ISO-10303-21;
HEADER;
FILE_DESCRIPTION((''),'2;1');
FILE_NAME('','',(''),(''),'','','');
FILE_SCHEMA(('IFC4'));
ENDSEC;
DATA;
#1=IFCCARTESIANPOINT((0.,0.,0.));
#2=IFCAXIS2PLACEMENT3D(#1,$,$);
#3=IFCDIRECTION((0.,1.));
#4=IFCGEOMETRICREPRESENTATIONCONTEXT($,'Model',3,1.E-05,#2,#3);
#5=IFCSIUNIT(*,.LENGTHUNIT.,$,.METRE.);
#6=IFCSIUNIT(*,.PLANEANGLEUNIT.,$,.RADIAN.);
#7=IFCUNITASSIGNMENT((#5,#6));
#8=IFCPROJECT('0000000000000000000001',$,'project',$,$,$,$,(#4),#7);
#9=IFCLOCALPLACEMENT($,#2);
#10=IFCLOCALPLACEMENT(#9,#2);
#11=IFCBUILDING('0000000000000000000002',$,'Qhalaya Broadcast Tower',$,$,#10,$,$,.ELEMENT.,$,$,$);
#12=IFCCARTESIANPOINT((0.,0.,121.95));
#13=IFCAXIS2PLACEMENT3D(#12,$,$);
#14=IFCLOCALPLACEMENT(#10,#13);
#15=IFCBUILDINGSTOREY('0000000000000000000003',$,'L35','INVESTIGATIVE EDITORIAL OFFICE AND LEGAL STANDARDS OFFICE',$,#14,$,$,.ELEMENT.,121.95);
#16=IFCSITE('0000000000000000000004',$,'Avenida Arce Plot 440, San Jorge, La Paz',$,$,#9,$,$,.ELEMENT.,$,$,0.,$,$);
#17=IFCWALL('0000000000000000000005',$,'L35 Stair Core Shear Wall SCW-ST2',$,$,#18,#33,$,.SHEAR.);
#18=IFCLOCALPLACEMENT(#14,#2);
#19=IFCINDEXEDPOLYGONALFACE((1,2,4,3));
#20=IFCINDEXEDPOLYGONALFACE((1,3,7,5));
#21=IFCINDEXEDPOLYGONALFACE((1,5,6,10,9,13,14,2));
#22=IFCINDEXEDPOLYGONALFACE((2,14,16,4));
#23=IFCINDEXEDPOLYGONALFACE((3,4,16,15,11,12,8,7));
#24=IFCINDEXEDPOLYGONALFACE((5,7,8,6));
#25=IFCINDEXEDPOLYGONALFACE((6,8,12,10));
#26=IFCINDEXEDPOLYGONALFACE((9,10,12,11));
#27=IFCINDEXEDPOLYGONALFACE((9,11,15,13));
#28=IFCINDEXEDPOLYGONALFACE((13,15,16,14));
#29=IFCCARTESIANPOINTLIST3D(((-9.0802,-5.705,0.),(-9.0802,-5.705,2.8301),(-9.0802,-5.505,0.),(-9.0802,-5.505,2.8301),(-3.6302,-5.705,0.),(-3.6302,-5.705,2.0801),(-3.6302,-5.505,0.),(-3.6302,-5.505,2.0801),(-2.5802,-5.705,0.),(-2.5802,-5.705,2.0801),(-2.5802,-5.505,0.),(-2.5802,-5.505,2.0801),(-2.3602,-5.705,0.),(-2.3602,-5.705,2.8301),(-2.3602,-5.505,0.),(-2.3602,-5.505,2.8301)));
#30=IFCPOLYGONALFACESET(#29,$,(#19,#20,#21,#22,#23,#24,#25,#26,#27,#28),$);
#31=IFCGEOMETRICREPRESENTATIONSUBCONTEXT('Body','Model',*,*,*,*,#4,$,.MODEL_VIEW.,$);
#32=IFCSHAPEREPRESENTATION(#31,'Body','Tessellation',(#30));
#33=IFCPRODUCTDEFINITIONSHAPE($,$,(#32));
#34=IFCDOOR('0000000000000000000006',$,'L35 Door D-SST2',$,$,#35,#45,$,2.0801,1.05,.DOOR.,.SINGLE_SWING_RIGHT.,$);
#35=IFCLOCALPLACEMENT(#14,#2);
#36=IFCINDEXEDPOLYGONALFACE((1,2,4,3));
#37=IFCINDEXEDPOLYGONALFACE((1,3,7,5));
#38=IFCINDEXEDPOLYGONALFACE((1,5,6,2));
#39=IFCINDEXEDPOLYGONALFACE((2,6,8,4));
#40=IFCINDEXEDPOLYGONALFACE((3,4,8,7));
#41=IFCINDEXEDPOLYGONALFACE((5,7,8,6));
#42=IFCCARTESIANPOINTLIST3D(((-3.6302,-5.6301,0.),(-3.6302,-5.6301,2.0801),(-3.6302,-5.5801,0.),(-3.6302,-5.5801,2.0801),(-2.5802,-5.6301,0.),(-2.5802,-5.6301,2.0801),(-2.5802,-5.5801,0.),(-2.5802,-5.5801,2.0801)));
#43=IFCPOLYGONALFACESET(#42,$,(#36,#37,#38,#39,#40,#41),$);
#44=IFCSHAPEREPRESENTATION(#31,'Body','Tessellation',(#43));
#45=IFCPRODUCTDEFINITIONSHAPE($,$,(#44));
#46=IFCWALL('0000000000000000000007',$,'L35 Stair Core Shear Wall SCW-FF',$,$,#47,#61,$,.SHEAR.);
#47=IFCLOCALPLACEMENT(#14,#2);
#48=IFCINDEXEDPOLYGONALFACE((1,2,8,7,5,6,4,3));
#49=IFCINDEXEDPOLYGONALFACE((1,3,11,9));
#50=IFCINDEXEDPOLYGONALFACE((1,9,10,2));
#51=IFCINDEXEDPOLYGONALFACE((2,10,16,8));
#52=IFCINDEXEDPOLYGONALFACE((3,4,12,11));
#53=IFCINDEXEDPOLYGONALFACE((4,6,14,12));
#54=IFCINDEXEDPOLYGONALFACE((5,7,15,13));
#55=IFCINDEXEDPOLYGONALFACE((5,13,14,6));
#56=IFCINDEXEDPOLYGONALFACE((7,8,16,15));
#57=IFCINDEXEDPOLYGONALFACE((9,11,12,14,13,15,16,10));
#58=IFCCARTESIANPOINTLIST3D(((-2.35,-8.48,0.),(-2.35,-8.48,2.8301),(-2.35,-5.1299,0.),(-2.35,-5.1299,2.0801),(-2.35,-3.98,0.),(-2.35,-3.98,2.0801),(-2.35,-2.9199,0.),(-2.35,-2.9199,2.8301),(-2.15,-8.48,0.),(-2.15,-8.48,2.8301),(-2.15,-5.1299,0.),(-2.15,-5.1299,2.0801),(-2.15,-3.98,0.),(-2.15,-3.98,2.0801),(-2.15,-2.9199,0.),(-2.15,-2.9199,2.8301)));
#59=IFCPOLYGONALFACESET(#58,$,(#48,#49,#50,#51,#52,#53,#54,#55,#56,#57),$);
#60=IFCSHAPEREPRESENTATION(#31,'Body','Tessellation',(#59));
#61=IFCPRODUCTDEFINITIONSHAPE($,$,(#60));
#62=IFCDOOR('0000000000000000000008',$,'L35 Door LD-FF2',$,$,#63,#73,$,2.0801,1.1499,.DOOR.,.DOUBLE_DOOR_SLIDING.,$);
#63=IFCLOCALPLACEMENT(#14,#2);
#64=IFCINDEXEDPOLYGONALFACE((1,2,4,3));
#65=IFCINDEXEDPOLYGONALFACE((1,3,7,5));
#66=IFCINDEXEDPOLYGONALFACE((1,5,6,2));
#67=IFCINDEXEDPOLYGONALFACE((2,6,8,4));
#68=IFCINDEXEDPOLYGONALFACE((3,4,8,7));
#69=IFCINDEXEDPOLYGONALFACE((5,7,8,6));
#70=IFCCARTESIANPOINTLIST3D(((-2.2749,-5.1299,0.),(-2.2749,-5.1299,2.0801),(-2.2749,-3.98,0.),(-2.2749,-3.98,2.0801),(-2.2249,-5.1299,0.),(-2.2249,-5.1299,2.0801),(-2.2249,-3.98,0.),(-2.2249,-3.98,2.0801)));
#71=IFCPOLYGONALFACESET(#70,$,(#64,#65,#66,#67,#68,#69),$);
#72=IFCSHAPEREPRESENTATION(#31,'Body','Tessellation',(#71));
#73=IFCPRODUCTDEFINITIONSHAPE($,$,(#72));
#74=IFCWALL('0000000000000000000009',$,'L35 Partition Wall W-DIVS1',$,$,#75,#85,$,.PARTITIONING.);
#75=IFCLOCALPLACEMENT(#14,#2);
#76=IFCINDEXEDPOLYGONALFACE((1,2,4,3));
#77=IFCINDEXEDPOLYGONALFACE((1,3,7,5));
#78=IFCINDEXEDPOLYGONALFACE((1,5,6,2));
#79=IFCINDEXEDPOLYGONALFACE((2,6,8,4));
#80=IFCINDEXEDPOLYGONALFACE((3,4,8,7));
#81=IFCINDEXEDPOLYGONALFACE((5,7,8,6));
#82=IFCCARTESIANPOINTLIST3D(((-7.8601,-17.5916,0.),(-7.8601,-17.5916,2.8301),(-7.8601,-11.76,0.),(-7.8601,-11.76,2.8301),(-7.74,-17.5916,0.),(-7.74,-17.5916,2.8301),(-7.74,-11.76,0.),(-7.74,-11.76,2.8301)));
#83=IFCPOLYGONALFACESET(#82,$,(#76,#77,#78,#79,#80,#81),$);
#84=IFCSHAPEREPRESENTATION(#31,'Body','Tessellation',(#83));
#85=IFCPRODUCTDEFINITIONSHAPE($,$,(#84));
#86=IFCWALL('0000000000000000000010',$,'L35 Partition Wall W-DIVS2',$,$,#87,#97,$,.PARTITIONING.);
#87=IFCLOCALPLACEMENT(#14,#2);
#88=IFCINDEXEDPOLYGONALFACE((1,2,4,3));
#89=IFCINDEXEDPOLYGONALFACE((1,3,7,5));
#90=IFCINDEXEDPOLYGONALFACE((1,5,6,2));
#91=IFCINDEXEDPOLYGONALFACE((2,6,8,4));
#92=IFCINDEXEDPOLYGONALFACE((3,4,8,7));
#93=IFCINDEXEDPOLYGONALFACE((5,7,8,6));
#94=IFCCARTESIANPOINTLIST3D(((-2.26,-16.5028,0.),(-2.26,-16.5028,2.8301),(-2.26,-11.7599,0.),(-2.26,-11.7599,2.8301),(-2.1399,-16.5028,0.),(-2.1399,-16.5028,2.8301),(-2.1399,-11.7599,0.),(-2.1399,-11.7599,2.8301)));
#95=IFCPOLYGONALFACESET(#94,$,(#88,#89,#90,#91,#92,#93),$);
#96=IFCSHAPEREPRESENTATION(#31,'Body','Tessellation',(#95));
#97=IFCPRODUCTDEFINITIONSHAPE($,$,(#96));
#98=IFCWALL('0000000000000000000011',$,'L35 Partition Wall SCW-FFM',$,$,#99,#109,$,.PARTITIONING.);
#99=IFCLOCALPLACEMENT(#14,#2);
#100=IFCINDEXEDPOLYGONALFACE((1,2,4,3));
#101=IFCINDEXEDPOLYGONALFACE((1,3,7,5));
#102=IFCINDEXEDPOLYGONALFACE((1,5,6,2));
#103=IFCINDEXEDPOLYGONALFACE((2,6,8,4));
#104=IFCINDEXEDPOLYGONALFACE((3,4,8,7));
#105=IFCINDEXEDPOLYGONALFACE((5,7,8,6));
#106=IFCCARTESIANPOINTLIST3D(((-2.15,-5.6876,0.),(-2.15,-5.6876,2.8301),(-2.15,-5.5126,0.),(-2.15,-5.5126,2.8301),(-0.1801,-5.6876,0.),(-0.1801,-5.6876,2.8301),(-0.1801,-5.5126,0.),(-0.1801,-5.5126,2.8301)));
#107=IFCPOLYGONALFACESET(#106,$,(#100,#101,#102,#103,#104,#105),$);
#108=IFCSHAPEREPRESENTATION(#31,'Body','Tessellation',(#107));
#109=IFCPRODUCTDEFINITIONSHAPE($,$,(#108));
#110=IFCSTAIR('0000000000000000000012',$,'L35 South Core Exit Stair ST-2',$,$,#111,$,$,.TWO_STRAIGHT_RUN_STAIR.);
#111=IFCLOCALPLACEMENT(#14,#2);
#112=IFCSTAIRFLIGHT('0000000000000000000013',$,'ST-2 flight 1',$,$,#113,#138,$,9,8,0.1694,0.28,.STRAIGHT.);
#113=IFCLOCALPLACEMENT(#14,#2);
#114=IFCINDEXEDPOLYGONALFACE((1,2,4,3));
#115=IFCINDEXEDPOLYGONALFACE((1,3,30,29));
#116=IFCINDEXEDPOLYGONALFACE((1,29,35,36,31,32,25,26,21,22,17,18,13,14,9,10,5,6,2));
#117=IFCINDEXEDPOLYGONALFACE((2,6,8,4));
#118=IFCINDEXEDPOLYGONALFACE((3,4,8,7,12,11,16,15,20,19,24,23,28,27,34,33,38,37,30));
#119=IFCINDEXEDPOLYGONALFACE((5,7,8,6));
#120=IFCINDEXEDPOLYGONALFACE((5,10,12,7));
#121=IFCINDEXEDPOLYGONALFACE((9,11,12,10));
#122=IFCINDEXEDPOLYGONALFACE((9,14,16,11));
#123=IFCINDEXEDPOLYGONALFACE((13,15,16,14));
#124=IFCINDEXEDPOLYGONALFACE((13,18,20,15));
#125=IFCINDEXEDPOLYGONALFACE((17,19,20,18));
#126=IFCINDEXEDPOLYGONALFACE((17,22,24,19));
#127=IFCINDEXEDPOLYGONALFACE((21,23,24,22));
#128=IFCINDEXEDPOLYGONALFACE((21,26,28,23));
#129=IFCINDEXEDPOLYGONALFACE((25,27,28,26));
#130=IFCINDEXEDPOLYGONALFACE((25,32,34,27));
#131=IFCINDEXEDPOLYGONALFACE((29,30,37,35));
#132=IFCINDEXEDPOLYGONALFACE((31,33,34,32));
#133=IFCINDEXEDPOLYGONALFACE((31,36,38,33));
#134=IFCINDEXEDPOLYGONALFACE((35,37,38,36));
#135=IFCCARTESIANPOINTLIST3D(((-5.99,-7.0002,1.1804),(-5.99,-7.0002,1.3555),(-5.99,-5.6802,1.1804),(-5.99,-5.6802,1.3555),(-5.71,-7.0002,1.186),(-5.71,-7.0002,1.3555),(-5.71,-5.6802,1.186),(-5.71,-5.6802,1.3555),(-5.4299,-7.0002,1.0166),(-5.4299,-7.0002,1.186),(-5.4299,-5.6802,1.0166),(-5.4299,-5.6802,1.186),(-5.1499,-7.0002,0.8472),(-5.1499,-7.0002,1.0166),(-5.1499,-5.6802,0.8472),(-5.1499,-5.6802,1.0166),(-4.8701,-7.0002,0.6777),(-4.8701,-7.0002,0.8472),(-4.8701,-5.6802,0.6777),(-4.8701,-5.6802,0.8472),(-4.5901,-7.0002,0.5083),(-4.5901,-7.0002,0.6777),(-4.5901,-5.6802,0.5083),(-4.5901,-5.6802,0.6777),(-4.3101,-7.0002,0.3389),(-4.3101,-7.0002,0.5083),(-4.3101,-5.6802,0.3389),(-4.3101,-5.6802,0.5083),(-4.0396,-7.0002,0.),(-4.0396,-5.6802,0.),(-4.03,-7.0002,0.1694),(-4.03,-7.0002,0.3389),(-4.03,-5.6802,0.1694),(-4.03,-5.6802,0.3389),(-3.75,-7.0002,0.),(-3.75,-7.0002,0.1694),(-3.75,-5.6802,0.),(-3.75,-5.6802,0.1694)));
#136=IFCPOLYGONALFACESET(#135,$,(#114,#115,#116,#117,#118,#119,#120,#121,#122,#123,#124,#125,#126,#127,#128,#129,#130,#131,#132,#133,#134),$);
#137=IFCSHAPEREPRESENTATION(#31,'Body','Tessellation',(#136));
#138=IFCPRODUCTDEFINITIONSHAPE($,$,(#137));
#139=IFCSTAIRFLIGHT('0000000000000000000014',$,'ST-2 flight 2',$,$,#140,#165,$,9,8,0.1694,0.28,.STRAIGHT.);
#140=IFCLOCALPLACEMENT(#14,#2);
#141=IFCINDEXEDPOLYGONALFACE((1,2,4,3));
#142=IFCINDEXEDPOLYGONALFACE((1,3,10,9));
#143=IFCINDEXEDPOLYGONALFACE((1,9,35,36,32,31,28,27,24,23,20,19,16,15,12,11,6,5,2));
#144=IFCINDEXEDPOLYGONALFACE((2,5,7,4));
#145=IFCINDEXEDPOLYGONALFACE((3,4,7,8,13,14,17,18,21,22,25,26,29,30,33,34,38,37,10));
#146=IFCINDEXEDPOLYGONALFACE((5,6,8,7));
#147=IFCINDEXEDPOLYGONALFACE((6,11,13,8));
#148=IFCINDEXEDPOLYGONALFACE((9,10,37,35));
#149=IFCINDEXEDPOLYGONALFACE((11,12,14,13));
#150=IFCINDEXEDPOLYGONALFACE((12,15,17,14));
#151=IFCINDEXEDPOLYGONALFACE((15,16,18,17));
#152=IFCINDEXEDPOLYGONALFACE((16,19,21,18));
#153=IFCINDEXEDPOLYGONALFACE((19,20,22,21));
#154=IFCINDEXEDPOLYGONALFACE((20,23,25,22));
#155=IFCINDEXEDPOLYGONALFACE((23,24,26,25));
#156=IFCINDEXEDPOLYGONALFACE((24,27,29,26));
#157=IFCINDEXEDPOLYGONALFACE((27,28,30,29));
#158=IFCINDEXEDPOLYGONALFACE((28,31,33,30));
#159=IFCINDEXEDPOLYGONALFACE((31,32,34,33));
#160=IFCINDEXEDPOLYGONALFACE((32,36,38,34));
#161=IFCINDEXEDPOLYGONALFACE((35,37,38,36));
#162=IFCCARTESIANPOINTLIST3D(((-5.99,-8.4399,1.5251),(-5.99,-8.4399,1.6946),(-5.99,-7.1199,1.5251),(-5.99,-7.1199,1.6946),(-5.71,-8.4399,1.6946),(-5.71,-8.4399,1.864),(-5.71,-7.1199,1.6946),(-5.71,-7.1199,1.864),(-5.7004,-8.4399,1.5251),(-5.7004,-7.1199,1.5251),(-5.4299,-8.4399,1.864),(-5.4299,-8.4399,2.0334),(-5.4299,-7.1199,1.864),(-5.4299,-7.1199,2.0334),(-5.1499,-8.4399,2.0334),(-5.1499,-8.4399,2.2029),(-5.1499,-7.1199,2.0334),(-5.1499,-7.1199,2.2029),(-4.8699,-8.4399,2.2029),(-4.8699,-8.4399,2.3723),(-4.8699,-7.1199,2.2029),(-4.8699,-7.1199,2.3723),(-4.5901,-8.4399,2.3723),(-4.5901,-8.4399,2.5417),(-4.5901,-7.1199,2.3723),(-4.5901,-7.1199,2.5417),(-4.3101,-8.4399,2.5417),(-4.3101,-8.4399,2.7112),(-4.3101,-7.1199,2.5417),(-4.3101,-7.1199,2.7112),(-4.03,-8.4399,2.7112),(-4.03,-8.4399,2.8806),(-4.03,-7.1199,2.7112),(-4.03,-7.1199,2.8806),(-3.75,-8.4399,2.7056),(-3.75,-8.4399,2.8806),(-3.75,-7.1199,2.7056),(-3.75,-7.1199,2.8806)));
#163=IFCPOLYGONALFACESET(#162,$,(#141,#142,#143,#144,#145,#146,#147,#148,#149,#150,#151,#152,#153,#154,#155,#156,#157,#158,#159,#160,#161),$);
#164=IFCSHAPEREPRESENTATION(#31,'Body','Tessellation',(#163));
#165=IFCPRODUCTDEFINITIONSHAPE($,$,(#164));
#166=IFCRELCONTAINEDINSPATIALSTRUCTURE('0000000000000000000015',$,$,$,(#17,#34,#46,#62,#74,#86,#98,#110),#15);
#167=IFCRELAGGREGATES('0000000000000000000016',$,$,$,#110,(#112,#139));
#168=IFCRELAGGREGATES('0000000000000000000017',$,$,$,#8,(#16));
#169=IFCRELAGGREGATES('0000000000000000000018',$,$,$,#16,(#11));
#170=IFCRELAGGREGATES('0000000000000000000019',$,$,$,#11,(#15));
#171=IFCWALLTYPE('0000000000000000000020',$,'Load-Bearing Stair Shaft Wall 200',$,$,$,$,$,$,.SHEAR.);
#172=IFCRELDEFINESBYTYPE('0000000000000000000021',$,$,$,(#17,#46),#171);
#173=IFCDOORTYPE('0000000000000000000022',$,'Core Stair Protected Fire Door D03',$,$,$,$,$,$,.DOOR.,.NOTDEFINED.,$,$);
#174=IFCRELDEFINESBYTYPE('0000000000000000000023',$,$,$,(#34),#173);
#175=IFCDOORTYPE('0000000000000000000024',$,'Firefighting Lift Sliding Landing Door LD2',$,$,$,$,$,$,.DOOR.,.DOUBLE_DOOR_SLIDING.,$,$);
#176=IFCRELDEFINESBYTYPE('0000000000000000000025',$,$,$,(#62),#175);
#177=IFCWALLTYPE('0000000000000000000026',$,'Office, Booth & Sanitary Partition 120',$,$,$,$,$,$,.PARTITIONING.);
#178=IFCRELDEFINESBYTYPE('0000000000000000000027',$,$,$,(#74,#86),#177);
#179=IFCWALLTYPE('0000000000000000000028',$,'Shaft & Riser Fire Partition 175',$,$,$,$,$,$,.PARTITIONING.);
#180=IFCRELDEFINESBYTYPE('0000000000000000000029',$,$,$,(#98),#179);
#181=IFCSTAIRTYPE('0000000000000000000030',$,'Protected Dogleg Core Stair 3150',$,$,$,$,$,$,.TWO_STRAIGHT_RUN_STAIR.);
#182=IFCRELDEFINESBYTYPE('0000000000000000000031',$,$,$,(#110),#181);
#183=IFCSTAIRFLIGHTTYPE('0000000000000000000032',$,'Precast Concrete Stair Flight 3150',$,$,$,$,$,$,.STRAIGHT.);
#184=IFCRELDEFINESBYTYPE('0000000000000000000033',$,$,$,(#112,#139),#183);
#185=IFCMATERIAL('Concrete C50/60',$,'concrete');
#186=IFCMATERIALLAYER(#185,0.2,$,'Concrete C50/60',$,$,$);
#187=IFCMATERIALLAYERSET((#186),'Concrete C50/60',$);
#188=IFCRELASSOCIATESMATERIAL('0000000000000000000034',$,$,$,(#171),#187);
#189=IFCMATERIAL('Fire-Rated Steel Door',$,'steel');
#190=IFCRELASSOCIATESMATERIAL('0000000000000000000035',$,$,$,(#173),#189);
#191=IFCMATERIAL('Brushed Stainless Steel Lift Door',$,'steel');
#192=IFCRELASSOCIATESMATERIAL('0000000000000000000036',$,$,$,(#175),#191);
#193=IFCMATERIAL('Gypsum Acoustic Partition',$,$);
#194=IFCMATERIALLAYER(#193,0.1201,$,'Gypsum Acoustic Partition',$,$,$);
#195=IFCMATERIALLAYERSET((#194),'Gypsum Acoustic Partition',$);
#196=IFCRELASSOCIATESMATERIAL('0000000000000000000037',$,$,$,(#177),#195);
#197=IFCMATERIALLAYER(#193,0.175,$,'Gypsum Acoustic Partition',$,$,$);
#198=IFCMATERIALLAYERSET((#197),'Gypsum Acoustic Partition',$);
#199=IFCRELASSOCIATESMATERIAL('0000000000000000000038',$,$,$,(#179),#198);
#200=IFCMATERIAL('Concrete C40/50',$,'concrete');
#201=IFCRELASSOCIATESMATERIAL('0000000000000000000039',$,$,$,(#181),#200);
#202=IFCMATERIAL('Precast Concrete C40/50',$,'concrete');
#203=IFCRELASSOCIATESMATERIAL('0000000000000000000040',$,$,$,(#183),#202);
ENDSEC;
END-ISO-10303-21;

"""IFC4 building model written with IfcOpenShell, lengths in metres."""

from ifc_helpers import new_model, si_unit, direction, frame, frame_2d, origin, place, context, subcontext, project, spatial, polyline, rectangle, outline, extrude, material, layer, layer_set, type_object, element, fill, aggregate, save


model = new_model("IFC4")

# Units and contexts
model_context = context("Model", 3, precision=1e-05, world=origin(), true_north=direction((0.0, 1.0)))
body_context = subcontext(model_context, "Body", "Model", "MODEL_VIEW")
ifc_project = project(units=[si_unit("LENGTHUNIT", "METRE"), si_unit("PLANEANGLEUNIT", "RADIAN")], contexts=[model_context])

# Site, building, storey
site_placement = place(None, origin())
site = spatial("IfcSite", under=ifc_project, at=site_placement, Name="Avenida Arce Plot 440, San Jorge, La Paz", CompositionType="ELEMENT", RefElevation=0.0)
building_placement = place(site_placement, origin())
building = spatial("IfcBuilding", under=site, at=building_placement, Name="Qhalaya Broadcast Tower", CompositionType="ELEMENT")
storey_placement = place(building_placement, frame((0.0, 0.0, 121.95)))
storey = spatial("IfcBuildingStorey", under=building, at=storey_placement, Name="L35", Description="INVESTIGATIVE EDITORIAL OFFICE AND LEGAL STANDARDS OFFICE", CompositionType="ELEMENT", Elevation=121.95)

# Shared definitions
ifc_material_1 = material(Name="Concrete C50/60", Category="concrete")

# Shared definitions
ifc_material_2 = material(Name="Gypsum Acoustic Partition")

# Shared definitions
ifc_material_3 = material(Name="Precast Concrete C40/50", Category="concrete")

# Walls, openings, doors
ifc_layer_1 = layer(ifc_material_1, 0.2, Name="Concrete C50/60")
ifc_layer_set_1 = layer_set([ifc_layer_1], Name="Concrete C50/60")
wall_type_1 = type_object("IfcWallType", Name="Load-Bearing Stair Shaft Wall 200", PredefinedType="SHEAR", material=ifc_layer_set_1)
wall_1_placement = place(storey_placement, frame((-9.0801, -5.605, 0.0), z_axis=(0.0, 0.0, 1.0), x_axis=(1.0, 0.0, 0.0)))
wall_1 = element("IfcWall", 1, at=wall_1_placement, inside=storey, type_object=wall_type_1, Name="L35 Stair Core Shear Wall SCW-ST2", PredefinedType="SHEAR", context=body_context, shape_type="SweptSolid", body=[
    extrude(rectangle(XDim=6.72, YDim=0.2, at=frame_2d((3.3599, 0.0))), origin(), (0.0, 0.0, 1.0), 2.8301),
])
opening_1_placement = place(wall_1_placement, frame((5.45, 0.0, 0.0)))
opening_1 = element("IfcOpeningElement", 2, at=opening_1_placement, cuts=wall_1, PredefinedType="OPENING", context=body_context, shape_type="SweptSolid", body=[
    extrude(rectangle(XDim=1.05, YDim=2.0801, at=frame_2d((0.5249, 1.04))), frame((0.0, 0.1121, 0.0), z_axis=(0.0, -1.0, 0.0), x_axis=(1.0, 0.0, 0.0)), (0.0, 0.0, 1.0), 0.2239),
])
ifc_material_4 = material(Name="Fire-Rated Steel Door", Category="steel")
door_type_1 = type_object("IfcDoorType", Name="Core Stair Protected Fire Door D03", OperationType="NOTDEFINED", PredefinedType="DOOR", material=ifc_material_4)
door_1_placement = place(opening_1_placement, origin())
door_1 = element("IfcDoor", 3, at=door_1_placement, inside=storey, type_object=door_type_1, Name="L35 Door D-SST2", OperationType="SINGLE_SWING_RIGHT", OverallHeight=2.0801, OverallWidth=1.05, PredefinedType="DOOR", context=body_context, shape_type="SweptSolid", body=[
    extrude(rectangle(XDim=1.05, YDim=2.0801, at=frame_2d((0.5249, 1.04))), frame((0.0, 0.0249, 0.0), z_axis=(0.0, -1.0, 0.0), x_axis=(1.0, 0.0, 0.0)), (0.0, 0.0, 1.0), 0.05),
])
fill(opening_1, door_1)
wall_2_placement = place(storey_placement, frame((-2.25, -8.48, 0.0), z_axis=(0.0, 0.0, 1.0), x_axis=(0.0, 1.0, 0.0)))
wall_2 = element("IfcWall", 4, at=wall_2_placement, inside=storey, type_object=wall_type_1, Name="L35 Stair Core Shear Wall SCW-FF", PredefinedType="SHEAR", context=body_context, shape_type="SweptSolid", body=[
    extrude(rectangle(XDim=5.5601, YDim=0.2, at=frame_2d((2.78, 0.0))), origin(), (0.0, 0.0, 1.0), 2.8301),
])
opening_2_placement = place(wall_2_placement, frame((3.3501, 0.0, 0.0)))
opening_2 = element("IfcOpeningElement", 5, at=opening_2_placement, cuts=wall_2, PredefinedType="OPENING", context=body_context, shape_type="SweptSolid", body=[
    extrude(rectangle(XDim=1.1499, YDim=2.0801, at=frame_2d((0.575, 1.04))), frame((0.0, 0.1121, 0.0), z_axis=(0.0, -1.0, 0.0), x_axis=(1.0, 0.0, 0.0)), (0.0, 0.0, 1.0), 0.2239),
])
ifc_material_5 = material(Name="Brushed Stainless Steel Lift Door", Category="steel")
door_type_2 = type_object("IfcDoorType", Name="Firefighting Lift Sliding Landing Door LD2", OperationType="DOUBLE_DOOR_SLIDING", PredefinedType="DOOR", material=ifc_material_5)
door_2_placement = place(opening_2_placement, origin())
door_2 = element("IfcDoor", 6, at=door_2_placement, inside=storey, type_object=door_type_2, Name="L35 Door LD-FF2", OperationType="DOUBLE_DOOR_SLIDING", OverallHeight=2.0801, OverallWidth=1.1499, PredefinedType="DOOR", context=body_context, shape_type="SweptSolid", body=[
    extrude(rectangle(XDim=1.1499, YDim=2.0801, at=frame_2d((0.575, 1.04))), frame((0.0, 0.0249, 0.0), z_axis=(0.0, -1.0, 0.0), x_axis=(1.0, 0.0, 0.0)), (0.0, 0.0, 1.0), 0.05),
])
fill(opening_2, door_2)

# Walls
ifc_layer_2 = layer(ifc_material_2, 0.1201, Name="Gypsum Acoustic Partition")
ifc_layer_set_2 = layer_set([ifc_layer_2], Name="Gypsum Acoustic Partition")
wall_type_2 = type_object("IfcWallType", Name="Office, Booth & Sanitary Partition 120", PredefinedType="PARTITIONING", material=ifc_layer_set_2)
wall_3_placement = place(storey_placement, frame((-7.8, -17.5916, 0.0), z_axis=(0.0, 0.0, 1.0), x_axis=(0.0, 1.0, 0.0)))
element("IfcWall", 7, at=wall_3_placement, inside=storey, type_object=wall_type_2, Name="L35 Partition Wall W-DIVS1", PredefinedType="PARTITIONING", context=body_context, shape_type="SweptSolid", body=[
    extrude(rectangle(XDim=5.8315, YDim=0.1201, at=frame_2d((2.9158, 0.0))), origin(), (0.0, 0.0, 1.0), 2.8301),
])
wall_4_placement = place(storey_placement, frame((-2.2, -16.5029, 0.0), z_axis=(0.0, 0.0, 1.0), x_axis=(0.0, 1.0, 0.0)))
element("IfcWall", 8, at=wall_4_placement, inside=storey, type_object=wall_type_2, Name="L35 Partition Wall W-DIVS2", PredefinedType="PARTITIONING", context=body_context, shape_type="SweptSolid", body=[
    extrude(rectangle(XDim=4.7429, YDim=0.1201, at=frame_2d((2.3716, 0.0))), origin(), (0.0, 0.0, 1.0), 2.8301),
])
ifc_layer_3 = layer(ifc_material_2, 0.175, Name="Gypsum Acoustic Partition")
ifc_layer_set_3 = layer_set([ifc_layer_3], Name="Gypsum Acoustic Partition")
wall_type_3 = type_object("IfcWallType", Name="Shaft & Riser Fire Partition 175", PredefinedType="PARTITIONING", material=ifc_layer_set_3)
wall_5_placement = place(storey_placement, frame((-2.1499, -5.6001, 0.0), z_axis=(0.0, 0.0, 1.0), x_axis=(1.0, 0.0, 0.0)))
element("IfcWall", 9, at=wall_5_placement, inside=storey, type_object=wall_type_3, Name="L35 Partition Wall SCW-FFM", PredefinedType="PARTITIONING", context=body_context, shape_type="SweptSolid", body=[
    extrude(rectangle(XDim=1.97, YDim=0.175, at=frame_2d((0.9849, 0.0))), origin(), (0.0, 0.0, 1.0), 2.8301),
])

# Stair, stair flights
ifc_material_6 = material(Name="Concrete C40/50", Category="concrete")
stair_type = type_object("IfcStairType", Name="Protected Dogleg Core Stair 3150", PredefinedType="TWO_STRAIGHT_RUN_STAIR", material=ifc_material_6)
stair_placement = place(storey_placement, origin())
stair = element("IfcStair", 10, at=stair_placement, inside=storey, type_object=stair_type, Name="L35 South Core Exit Stair ST-2", PredefinedType="TWO_STRAIGHT_RUN_STAIR")
stair_flight_type = type_object("IfcStairFlightType", Name="Precast Concrete Stair Flight 3150", PredefinedType="STRAIGHT", material=ifc_material_3)
stair_flight_1_placement = place(storey_placement, frame((-3.75, -6.3401, 0.0), z_axis=(0.0, 0.0, 1.0), x_axis=(-1.0, 0.0, 0.0)))
stair_flight_1 = element("IfcStairFlight", 11, at=stair_flight_1_placement, type_object=stair_flight_type, Name="ST-2 flight 1", NumberOfRisers=9, NumberOfTreads=8, PredefinedType="STRAIGHT", RiserHeight=0.1694, TreadLength=0.28, context=body_context, shape_type="SweptSolid", body=[
    extrude(outline(polyline([(0.0, 0.0), (0.0, 0.1694), (0.28, 0.1694), (0.28, 0.3389), (0.5601, 0.3389), (0.5601, 0.5083), (0.8401, 0.5083), (0.8401, 0.6777), (1.1201, 0.6777), (1.1201, 0.8472), (1.3999, 0.8472), (1.3999, 1.0166), (1.6799, 1.0166), (1.6799, 1.186), (1.96, 1.186), (1.96, 1.3555), (2.24, 1.3555), (2.24, 1.5249), (2.24, 1.1804), (0.2896, 0.0), (0.0, 0.0)])), frame((0.0, 0.6602, 0.0), z_axis=(0.0, -1.0, 0.0), x_axis=(1.0, 0.0, 0.0)), (0.0, 0.0, 1.0), 1.3201),
])
stair_flight_2_placement = place(storey_placement, frame((-5.99, -7.78, 1.5251), z_axis=(0.0, 0.0, 1.0), x_axis=(1.0, 0.0, 0.0)))
stair_flight_2 = element("IfcStairFlight", 12, at=stair_flight_2_placement, type_object=stair_flight_type, Name="ST-2 flight 2", NumberOfRisers=9, NumberOfTreads=8, PredefinedType="STRAIGHT", RiserHeight=0.1694, TreadLength=0.28, context=body_context, shape_type="SweptSolid", body=[
    extrude(outline(polyline([(0.0, 0.0), (0.0, 0.1694), (0.28, 0.1694), (0.28, 0.3389), (0.5601, 0.3389), (0.5601, 0.5083), (0.8401, 0.5083), (0.8401, 0.6777), (1.1201, 0.6777), (1.1201, 0.8472), (1.3999, 0.8472), (1.3999, 1.0166), (1.6799, 1.0166), (1.6799, 1.186), (1.96, 1.186), (1.96, 1.3555), (2.24, 1.3555), (2.24, 1.5249), (2.24, 1.1804), (0.2896, 0.0), (0.0, 0.0)])), frame((0.0, 0.6602, 0.0), z_axis=(0.0, -1.0, 0.0), x_axis=(1.0, 0.0, 0.0)), (0.0, 0.0, 1.0), 1.3201),
])
aggregate(stair, [stair_flight_1, stair_flight_2])

save(model, "model.ifc")
